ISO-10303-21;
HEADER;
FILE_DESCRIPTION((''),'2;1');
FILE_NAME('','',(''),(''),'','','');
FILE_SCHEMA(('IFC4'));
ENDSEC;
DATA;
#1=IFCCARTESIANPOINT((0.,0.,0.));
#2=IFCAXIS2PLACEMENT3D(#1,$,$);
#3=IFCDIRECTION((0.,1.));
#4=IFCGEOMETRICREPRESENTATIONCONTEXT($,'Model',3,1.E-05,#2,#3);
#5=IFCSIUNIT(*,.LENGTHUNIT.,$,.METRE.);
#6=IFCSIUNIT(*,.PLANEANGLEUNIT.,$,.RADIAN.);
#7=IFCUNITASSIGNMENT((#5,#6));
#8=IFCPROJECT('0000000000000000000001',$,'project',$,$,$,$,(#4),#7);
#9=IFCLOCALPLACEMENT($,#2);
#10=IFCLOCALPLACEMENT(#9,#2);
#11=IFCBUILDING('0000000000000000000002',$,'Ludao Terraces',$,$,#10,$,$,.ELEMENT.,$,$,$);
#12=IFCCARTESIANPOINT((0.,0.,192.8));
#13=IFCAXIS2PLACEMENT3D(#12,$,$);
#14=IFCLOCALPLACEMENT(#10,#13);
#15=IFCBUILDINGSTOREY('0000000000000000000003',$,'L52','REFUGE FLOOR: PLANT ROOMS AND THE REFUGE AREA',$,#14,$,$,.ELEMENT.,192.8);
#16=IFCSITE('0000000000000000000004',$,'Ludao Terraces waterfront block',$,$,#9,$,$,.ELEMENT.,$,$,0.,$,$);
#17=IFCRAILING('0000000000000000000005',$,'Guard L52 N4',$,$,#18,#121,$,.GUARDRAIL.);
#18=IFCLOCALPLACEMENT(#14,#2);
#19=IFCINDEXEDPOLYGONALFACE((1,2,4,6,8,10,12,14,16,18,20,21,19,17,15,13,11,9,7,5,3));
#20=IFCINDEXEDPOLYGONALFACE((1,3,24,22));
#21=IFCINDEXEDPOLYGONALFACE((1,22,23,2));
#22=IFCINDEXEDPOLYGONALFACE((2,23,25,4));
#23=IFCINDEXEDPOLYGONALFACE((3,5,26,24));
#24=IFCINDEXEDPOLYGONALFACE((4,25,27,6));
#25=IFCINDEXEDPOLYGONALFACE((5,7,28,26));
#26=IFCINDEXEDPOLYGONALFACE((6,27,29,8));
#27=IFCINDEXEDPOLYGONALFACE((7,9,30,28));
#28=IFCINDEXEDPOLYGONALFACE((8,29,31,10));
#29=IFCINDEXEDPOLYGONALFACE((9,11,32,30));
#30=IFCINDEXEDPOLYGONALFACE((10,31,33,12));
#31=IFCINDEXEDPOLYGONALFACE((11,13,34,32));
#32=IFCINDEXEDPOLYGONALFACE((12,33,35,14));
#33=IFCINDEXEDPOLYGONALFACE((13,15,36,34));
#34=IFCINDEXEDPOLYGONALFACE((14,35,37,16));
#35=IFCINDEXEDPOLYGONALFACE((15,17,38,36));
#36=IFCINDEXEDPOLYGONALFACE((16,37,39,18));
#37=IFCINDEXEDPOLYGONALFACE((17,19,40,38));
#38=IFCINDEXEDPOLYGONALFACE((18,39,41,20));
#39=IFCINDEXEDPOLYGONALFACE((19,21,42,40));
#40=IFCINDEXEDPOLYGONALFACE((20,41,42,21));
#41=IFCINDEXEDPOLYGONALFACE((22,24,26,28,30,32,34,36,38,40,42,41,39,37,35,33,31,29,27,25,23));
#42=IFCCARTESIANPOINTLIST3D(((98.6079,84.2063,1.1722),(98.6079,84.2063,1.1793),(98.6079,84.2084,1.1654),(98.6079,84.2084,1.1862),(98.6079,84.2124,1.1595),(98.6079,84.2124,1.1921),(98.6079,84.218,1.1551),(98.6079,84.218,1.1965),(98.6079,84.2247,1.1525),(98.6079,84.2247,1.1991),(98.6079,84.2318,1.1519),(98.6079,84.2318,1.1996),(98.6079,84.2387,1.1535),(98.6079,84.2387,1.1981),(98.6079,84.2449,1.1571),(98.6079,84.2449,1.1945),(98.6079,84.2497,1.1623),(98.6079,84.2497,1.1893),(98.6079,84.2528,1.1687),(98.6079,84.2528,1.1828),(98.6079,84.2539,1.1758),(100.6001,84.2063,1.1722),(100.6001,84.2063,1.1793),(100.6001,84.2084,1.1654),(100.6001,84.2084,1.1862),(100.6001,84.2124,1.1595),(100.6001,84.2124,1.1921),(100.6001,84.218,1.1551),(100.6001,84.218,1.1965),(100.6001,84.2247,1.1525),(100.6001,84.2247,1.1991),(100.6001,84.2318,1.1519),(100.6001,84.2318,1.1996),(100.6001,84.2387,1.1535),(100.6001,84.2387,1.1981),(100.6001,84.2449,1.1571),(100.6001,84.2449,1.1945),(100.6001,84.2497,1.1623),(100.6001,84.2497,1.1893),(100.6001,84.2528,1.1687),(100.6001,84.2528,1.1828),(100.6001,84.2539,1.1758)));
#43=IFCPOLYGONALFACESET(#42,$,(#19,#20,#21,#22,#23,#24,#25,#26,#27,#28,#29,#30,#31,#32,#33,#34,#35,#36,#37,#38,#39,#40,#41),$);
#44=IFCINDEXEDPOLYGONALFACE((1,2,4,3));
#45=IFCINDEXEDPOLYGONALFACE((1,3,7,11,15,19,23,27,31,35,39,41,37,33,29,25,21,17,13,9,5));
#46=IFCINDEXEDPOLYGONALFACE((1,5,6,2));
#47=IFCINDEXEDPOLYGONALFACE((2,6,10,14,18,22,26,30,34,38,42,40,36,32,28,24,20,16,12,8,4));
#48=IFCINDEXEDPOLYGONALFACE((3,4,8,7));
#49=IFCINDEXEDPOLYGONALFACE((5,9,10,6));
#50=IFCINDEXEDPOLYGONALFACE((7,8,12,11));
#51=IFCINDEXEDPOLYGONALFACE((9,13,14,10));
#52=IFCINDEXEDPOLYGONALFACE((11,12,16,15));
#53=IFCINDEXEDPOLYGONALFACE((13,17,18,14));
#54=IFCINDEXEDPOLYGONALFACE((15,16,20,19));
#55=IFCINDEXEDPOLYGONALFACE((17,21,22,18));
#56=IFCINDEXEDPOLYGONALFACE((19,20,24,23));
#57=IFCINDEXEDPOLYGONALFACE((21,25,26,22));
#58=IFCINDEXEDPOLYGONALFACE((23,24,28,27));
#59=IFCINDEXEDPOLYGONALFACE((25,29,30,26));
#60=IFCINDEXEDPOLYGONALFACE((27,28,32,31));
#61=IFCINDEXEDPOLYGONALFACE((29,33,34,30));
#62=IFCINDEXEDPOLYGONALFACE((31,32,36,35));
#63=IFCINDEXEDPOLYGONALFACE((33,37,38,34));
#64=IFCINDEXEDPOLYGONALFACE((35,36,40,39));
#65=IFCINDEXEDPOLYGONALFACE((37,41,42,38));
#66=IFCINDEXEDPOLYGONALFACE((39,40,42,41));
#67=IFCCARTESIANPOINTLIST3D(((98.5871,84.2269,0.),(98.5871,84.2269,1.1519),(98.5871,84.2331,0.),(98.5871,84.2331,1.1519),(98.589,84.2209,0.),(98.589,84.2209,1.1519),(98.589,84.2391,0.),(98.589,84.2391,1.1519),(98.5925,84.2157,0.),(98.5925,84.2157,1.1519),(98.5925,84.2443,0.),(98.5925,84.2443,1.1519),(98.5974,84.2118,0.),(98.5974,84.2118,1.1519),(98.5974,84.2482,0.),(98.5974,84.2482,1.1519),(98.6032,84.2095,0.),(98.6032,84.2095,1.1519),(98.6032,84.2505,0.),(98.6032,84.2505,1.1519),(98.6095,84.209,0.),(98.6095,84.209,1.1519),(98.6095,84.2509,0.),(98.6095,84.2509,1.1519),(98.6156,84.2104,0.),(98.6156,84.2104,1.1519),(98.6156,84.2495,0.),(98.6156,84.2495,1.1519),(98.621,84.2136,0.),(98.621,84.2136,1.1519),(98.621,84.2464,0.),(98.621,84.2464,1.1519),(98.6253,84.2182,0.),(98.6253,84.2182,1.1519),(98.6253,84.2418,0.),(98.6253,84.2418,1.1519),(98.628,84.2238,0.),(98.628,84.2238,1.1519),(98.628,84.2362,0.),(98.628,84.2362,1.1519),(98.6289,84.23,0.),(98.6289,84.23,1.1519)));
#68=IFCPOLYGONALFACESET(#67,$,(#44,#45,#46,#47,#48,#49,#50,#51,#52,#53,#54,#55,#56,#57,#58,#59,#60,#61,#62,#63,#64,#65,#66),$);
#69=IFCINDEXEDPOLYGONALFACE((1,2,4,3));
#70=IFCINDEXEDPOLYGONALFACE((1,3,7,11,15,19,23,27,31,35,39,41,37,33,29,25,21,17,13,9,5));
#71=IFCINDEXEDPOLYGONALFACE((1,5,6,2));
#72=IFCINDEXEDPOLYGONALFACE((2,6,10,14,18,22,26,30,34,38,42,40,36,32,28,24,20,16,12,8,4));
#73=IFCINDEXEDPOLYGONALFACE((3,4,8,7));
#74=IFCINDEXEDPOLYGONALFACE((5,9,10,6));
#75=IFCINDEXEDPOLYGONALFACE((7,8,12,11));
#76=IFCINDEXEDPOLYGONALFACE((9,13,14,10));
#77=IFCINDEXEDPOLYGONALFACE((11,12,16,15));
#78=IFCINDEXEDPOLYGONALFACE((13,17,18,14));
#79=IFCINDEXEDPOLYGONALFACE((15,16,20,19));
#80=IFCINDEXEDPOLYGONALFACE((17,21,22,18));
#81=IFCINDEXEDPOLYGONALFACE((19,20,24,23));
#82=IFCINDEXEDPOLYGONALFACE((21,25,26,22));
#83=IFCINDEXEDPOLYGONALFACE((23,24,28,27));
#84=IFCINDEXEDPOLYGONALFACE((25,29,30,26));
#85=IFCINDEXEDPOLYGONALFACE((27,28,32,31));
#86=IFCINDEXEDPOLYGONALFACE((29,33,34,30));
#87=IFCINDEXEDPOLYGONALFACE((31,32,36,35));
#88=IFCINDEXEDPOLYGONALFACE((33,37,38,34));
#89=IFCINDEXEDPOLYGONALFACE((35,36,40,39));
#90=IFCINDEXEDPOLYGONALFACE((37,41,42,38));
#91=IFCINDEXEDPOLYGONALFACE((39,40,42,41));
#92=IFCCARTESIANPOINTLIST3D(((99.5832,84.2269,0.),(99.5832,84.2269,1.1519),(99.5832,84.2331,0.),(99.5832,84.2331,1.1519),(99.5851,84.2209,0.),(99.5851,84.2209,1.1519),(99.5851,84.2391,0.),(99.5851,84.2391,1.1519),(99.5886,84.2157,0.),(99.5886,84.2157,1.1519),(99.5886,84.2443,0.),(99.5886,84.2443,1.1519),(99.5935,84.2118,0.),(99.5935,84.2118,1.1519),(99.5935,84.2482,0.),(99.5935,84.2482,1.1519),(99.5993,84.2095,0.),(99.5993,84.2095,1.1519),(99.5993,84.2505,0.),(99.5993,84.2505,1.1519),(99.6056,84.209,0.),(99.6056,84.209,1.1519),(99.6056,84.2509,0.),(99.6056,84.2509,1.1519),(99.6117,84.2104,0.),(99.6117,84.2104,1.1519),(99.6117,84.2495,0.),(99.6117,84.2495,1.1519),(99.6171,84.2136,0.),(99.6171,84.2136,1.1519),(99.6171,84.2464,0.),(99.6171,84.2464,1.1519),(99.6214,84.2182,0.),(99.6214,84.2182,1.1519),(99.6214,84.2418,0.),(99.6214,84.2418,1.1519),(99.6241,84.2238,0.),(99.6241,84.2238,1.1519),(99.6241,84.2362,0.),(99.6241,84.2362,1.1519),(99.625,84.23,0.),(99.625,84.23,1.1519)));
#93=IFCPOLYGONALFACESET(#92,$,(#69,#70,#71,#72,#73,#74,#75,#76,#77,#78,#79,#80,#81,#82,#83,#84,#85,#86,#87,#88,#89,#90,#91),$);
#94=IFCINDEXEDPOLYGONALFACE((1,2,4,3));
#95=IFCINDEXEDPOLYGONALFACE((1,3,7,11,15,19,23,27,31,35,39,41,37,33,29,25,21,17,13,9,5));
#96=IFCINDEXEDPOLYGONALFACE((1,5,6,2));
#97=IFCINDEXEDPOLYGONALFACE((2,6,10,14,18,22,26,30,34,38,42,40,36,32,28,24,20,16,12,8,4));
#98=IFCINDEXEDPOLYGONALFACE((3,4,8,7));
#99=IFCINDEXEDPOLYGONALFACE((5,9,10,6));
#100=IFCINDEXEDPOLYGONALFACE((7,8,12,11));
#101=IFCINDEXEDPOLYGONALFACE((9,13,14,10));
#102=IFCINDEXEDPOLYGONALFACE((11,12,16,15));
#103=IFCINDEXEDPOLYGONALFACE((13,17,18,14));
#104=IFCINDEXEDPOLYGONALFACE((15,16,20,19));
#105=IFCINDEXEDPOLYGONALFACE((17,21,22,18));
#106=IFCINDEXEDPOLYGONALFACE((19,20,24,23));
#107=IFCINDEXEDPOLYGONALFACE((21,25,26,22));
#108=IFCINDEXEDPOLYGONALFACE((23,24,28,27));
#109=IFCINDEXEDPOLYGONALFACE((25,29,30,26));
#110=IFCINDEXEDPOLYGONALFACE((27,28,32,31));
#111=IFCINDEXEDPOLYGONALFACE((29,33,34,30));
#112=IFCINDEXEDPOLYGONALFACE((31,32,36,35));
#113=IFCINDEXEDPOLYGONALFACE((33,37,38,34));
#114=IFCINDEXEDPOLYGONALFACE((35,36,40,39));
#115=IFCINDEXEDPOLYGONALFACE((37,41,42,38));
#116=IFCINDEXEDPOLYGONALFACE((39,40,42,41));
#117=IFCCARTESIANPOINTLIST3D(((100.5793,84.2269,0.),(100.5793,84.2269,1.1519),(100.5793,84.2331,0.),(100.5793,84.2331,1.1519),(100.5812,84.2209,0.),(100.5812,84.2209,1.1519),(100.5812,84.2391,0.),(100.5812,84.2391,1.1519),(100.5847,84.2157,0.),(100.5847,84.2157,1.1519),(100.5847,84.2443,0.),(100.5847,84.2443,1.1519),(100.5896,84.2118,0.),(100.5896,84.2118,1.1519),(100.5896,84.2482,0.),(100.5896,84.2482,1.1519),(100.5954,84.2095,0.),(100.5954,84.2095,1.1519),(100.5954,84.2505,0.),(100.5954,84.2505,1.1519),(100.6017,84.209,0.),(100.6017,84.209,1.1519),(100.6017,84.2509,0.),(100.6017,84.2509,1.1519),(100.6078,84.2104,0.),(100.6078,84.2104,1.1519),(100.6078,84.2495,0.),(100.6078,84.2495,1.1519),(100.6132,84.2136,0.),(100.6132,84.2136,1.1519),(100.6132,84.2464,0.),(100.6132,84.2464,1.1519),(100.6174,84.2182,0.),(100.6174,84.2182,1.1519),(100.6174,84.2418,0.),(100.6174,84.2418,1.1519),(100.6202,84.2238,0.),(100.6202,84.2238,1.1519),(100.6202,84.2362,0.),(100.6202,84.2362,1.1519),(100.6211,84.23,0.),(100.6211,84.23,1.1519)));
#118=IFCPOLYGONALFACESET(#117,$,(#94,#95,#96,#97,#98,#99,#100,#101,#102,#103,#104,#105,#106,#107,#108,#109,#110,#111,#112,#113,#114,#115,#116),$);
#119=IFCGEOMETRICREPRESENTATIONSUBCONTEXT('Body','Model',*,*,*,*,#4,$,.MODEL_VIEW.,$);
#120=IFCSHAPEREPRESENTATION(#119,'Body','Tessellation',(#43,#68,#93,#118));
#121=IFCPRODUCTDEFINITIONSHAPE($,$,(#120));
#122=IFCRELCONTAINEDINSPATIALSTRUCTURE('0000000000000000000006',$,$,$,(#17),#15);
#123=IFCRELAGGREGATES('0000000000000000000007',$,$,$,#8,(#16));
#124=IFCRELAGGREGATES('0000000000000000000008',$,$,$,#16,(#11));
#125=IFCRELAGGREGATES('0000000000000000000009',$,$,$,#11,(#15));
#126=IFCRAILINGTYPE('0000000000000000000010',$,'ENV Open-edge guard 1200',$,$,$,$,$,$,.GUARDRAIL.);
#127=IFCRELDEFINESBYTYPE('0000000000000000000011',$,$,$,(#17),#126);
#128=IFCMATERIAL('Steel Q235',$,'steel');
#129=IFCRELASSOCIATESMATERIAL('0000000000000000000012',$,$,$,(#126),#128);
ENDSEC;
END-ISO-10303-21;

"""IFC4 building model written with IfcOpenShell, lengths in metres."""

from ifc_helpers import new_model, si_unit, direction, frame, origin, origin_2d, place, context, subcontext, project, spatial, circle, extrude, material, type_object, element, save


model = new_model("IFC4")

# Units and contexts
model_context = context("Model", 3, precision=1e-05, world=origin(), true_north=direction((0.0, 1.0)))
body_context = subcontext(model_context, "Body", "Model", "MODEL_VIEW")
ifc_project = project(units=[si_unit("LENGTHUNIT", "METRE"), si_unit("PLANEANGLEUNIT", "RADIAN")], contexts=[model_context])

# Site, building, storey
site_placement = place(None, origin())
site = spatial("IfcSite", under=ifc_project, at=site_placement, Name="Ludao Terraces waterfront block", CompositionType="ELEMENT", RefElevation=0.0)
building_placement = place(site_placement, origin())
building = spatial("IfcBuilding", under=site, at=building_placement, Name="Ludao Terraces", CompositionType="ELEMENT")
storey_placement = place(building_placement, frame((0.0, 0.0, 192.8)))
storey = spatial("IfcBuildingStorey", under=building, at=storey_placement, Name="L52", Description="REFUGE FLOOR: PLANT ROOMS AND THE REFUGE AREA", CompositionType="ELEMENT", Elevation=192.8)

# Shared definitions
ifc_material_1 = material(Name="Steel Q235", Category="steel")

# Railing
railing_type_1 = type_object("IfcRailingType", Name="ENV Open-edge guard 1200", PredefinedType="GUARDRAIL", material=ifc_material_1)
railing_1_placement = place(storey_placement, frame((98.6079, 84.23, 0.0)))
element("IfcRailing", 1, at=railing_1_placement, inside=storey, type_object=railing_type_1, Name="Guard L52 N4", PredefinedType="GUARDRAIL", context=body_context, shape_type="SweptSolid", body=[
    extrude(circle(Radius=0.0239, at=origin_2d()), frame((0.0, 0.0, 1.1758), z_axis=(1.0, 0.0, 0.0), x_axis=(0.0, 1.0, 0.0)), (0.0, 0.0, 1.0), 1.9922),
    extrude(circle(Radius=0.021, at=origin_2d()), origin(), (0.0, 0.0, 1.0), 1.1519),
    extrude(circle(Radius=0.021, at=origin_2d()), frame((0.9961, 0.0, 0.0)), (0.0, 0.0, 1.0), 1.1519),
    extrude(circle(Radius=0.021, at=origin_2d()), frame((1.9922, 0.0, 0.0)), (0.0, 0.0, 1.0), 1.1519),
])

save(model, "model.ifc")
